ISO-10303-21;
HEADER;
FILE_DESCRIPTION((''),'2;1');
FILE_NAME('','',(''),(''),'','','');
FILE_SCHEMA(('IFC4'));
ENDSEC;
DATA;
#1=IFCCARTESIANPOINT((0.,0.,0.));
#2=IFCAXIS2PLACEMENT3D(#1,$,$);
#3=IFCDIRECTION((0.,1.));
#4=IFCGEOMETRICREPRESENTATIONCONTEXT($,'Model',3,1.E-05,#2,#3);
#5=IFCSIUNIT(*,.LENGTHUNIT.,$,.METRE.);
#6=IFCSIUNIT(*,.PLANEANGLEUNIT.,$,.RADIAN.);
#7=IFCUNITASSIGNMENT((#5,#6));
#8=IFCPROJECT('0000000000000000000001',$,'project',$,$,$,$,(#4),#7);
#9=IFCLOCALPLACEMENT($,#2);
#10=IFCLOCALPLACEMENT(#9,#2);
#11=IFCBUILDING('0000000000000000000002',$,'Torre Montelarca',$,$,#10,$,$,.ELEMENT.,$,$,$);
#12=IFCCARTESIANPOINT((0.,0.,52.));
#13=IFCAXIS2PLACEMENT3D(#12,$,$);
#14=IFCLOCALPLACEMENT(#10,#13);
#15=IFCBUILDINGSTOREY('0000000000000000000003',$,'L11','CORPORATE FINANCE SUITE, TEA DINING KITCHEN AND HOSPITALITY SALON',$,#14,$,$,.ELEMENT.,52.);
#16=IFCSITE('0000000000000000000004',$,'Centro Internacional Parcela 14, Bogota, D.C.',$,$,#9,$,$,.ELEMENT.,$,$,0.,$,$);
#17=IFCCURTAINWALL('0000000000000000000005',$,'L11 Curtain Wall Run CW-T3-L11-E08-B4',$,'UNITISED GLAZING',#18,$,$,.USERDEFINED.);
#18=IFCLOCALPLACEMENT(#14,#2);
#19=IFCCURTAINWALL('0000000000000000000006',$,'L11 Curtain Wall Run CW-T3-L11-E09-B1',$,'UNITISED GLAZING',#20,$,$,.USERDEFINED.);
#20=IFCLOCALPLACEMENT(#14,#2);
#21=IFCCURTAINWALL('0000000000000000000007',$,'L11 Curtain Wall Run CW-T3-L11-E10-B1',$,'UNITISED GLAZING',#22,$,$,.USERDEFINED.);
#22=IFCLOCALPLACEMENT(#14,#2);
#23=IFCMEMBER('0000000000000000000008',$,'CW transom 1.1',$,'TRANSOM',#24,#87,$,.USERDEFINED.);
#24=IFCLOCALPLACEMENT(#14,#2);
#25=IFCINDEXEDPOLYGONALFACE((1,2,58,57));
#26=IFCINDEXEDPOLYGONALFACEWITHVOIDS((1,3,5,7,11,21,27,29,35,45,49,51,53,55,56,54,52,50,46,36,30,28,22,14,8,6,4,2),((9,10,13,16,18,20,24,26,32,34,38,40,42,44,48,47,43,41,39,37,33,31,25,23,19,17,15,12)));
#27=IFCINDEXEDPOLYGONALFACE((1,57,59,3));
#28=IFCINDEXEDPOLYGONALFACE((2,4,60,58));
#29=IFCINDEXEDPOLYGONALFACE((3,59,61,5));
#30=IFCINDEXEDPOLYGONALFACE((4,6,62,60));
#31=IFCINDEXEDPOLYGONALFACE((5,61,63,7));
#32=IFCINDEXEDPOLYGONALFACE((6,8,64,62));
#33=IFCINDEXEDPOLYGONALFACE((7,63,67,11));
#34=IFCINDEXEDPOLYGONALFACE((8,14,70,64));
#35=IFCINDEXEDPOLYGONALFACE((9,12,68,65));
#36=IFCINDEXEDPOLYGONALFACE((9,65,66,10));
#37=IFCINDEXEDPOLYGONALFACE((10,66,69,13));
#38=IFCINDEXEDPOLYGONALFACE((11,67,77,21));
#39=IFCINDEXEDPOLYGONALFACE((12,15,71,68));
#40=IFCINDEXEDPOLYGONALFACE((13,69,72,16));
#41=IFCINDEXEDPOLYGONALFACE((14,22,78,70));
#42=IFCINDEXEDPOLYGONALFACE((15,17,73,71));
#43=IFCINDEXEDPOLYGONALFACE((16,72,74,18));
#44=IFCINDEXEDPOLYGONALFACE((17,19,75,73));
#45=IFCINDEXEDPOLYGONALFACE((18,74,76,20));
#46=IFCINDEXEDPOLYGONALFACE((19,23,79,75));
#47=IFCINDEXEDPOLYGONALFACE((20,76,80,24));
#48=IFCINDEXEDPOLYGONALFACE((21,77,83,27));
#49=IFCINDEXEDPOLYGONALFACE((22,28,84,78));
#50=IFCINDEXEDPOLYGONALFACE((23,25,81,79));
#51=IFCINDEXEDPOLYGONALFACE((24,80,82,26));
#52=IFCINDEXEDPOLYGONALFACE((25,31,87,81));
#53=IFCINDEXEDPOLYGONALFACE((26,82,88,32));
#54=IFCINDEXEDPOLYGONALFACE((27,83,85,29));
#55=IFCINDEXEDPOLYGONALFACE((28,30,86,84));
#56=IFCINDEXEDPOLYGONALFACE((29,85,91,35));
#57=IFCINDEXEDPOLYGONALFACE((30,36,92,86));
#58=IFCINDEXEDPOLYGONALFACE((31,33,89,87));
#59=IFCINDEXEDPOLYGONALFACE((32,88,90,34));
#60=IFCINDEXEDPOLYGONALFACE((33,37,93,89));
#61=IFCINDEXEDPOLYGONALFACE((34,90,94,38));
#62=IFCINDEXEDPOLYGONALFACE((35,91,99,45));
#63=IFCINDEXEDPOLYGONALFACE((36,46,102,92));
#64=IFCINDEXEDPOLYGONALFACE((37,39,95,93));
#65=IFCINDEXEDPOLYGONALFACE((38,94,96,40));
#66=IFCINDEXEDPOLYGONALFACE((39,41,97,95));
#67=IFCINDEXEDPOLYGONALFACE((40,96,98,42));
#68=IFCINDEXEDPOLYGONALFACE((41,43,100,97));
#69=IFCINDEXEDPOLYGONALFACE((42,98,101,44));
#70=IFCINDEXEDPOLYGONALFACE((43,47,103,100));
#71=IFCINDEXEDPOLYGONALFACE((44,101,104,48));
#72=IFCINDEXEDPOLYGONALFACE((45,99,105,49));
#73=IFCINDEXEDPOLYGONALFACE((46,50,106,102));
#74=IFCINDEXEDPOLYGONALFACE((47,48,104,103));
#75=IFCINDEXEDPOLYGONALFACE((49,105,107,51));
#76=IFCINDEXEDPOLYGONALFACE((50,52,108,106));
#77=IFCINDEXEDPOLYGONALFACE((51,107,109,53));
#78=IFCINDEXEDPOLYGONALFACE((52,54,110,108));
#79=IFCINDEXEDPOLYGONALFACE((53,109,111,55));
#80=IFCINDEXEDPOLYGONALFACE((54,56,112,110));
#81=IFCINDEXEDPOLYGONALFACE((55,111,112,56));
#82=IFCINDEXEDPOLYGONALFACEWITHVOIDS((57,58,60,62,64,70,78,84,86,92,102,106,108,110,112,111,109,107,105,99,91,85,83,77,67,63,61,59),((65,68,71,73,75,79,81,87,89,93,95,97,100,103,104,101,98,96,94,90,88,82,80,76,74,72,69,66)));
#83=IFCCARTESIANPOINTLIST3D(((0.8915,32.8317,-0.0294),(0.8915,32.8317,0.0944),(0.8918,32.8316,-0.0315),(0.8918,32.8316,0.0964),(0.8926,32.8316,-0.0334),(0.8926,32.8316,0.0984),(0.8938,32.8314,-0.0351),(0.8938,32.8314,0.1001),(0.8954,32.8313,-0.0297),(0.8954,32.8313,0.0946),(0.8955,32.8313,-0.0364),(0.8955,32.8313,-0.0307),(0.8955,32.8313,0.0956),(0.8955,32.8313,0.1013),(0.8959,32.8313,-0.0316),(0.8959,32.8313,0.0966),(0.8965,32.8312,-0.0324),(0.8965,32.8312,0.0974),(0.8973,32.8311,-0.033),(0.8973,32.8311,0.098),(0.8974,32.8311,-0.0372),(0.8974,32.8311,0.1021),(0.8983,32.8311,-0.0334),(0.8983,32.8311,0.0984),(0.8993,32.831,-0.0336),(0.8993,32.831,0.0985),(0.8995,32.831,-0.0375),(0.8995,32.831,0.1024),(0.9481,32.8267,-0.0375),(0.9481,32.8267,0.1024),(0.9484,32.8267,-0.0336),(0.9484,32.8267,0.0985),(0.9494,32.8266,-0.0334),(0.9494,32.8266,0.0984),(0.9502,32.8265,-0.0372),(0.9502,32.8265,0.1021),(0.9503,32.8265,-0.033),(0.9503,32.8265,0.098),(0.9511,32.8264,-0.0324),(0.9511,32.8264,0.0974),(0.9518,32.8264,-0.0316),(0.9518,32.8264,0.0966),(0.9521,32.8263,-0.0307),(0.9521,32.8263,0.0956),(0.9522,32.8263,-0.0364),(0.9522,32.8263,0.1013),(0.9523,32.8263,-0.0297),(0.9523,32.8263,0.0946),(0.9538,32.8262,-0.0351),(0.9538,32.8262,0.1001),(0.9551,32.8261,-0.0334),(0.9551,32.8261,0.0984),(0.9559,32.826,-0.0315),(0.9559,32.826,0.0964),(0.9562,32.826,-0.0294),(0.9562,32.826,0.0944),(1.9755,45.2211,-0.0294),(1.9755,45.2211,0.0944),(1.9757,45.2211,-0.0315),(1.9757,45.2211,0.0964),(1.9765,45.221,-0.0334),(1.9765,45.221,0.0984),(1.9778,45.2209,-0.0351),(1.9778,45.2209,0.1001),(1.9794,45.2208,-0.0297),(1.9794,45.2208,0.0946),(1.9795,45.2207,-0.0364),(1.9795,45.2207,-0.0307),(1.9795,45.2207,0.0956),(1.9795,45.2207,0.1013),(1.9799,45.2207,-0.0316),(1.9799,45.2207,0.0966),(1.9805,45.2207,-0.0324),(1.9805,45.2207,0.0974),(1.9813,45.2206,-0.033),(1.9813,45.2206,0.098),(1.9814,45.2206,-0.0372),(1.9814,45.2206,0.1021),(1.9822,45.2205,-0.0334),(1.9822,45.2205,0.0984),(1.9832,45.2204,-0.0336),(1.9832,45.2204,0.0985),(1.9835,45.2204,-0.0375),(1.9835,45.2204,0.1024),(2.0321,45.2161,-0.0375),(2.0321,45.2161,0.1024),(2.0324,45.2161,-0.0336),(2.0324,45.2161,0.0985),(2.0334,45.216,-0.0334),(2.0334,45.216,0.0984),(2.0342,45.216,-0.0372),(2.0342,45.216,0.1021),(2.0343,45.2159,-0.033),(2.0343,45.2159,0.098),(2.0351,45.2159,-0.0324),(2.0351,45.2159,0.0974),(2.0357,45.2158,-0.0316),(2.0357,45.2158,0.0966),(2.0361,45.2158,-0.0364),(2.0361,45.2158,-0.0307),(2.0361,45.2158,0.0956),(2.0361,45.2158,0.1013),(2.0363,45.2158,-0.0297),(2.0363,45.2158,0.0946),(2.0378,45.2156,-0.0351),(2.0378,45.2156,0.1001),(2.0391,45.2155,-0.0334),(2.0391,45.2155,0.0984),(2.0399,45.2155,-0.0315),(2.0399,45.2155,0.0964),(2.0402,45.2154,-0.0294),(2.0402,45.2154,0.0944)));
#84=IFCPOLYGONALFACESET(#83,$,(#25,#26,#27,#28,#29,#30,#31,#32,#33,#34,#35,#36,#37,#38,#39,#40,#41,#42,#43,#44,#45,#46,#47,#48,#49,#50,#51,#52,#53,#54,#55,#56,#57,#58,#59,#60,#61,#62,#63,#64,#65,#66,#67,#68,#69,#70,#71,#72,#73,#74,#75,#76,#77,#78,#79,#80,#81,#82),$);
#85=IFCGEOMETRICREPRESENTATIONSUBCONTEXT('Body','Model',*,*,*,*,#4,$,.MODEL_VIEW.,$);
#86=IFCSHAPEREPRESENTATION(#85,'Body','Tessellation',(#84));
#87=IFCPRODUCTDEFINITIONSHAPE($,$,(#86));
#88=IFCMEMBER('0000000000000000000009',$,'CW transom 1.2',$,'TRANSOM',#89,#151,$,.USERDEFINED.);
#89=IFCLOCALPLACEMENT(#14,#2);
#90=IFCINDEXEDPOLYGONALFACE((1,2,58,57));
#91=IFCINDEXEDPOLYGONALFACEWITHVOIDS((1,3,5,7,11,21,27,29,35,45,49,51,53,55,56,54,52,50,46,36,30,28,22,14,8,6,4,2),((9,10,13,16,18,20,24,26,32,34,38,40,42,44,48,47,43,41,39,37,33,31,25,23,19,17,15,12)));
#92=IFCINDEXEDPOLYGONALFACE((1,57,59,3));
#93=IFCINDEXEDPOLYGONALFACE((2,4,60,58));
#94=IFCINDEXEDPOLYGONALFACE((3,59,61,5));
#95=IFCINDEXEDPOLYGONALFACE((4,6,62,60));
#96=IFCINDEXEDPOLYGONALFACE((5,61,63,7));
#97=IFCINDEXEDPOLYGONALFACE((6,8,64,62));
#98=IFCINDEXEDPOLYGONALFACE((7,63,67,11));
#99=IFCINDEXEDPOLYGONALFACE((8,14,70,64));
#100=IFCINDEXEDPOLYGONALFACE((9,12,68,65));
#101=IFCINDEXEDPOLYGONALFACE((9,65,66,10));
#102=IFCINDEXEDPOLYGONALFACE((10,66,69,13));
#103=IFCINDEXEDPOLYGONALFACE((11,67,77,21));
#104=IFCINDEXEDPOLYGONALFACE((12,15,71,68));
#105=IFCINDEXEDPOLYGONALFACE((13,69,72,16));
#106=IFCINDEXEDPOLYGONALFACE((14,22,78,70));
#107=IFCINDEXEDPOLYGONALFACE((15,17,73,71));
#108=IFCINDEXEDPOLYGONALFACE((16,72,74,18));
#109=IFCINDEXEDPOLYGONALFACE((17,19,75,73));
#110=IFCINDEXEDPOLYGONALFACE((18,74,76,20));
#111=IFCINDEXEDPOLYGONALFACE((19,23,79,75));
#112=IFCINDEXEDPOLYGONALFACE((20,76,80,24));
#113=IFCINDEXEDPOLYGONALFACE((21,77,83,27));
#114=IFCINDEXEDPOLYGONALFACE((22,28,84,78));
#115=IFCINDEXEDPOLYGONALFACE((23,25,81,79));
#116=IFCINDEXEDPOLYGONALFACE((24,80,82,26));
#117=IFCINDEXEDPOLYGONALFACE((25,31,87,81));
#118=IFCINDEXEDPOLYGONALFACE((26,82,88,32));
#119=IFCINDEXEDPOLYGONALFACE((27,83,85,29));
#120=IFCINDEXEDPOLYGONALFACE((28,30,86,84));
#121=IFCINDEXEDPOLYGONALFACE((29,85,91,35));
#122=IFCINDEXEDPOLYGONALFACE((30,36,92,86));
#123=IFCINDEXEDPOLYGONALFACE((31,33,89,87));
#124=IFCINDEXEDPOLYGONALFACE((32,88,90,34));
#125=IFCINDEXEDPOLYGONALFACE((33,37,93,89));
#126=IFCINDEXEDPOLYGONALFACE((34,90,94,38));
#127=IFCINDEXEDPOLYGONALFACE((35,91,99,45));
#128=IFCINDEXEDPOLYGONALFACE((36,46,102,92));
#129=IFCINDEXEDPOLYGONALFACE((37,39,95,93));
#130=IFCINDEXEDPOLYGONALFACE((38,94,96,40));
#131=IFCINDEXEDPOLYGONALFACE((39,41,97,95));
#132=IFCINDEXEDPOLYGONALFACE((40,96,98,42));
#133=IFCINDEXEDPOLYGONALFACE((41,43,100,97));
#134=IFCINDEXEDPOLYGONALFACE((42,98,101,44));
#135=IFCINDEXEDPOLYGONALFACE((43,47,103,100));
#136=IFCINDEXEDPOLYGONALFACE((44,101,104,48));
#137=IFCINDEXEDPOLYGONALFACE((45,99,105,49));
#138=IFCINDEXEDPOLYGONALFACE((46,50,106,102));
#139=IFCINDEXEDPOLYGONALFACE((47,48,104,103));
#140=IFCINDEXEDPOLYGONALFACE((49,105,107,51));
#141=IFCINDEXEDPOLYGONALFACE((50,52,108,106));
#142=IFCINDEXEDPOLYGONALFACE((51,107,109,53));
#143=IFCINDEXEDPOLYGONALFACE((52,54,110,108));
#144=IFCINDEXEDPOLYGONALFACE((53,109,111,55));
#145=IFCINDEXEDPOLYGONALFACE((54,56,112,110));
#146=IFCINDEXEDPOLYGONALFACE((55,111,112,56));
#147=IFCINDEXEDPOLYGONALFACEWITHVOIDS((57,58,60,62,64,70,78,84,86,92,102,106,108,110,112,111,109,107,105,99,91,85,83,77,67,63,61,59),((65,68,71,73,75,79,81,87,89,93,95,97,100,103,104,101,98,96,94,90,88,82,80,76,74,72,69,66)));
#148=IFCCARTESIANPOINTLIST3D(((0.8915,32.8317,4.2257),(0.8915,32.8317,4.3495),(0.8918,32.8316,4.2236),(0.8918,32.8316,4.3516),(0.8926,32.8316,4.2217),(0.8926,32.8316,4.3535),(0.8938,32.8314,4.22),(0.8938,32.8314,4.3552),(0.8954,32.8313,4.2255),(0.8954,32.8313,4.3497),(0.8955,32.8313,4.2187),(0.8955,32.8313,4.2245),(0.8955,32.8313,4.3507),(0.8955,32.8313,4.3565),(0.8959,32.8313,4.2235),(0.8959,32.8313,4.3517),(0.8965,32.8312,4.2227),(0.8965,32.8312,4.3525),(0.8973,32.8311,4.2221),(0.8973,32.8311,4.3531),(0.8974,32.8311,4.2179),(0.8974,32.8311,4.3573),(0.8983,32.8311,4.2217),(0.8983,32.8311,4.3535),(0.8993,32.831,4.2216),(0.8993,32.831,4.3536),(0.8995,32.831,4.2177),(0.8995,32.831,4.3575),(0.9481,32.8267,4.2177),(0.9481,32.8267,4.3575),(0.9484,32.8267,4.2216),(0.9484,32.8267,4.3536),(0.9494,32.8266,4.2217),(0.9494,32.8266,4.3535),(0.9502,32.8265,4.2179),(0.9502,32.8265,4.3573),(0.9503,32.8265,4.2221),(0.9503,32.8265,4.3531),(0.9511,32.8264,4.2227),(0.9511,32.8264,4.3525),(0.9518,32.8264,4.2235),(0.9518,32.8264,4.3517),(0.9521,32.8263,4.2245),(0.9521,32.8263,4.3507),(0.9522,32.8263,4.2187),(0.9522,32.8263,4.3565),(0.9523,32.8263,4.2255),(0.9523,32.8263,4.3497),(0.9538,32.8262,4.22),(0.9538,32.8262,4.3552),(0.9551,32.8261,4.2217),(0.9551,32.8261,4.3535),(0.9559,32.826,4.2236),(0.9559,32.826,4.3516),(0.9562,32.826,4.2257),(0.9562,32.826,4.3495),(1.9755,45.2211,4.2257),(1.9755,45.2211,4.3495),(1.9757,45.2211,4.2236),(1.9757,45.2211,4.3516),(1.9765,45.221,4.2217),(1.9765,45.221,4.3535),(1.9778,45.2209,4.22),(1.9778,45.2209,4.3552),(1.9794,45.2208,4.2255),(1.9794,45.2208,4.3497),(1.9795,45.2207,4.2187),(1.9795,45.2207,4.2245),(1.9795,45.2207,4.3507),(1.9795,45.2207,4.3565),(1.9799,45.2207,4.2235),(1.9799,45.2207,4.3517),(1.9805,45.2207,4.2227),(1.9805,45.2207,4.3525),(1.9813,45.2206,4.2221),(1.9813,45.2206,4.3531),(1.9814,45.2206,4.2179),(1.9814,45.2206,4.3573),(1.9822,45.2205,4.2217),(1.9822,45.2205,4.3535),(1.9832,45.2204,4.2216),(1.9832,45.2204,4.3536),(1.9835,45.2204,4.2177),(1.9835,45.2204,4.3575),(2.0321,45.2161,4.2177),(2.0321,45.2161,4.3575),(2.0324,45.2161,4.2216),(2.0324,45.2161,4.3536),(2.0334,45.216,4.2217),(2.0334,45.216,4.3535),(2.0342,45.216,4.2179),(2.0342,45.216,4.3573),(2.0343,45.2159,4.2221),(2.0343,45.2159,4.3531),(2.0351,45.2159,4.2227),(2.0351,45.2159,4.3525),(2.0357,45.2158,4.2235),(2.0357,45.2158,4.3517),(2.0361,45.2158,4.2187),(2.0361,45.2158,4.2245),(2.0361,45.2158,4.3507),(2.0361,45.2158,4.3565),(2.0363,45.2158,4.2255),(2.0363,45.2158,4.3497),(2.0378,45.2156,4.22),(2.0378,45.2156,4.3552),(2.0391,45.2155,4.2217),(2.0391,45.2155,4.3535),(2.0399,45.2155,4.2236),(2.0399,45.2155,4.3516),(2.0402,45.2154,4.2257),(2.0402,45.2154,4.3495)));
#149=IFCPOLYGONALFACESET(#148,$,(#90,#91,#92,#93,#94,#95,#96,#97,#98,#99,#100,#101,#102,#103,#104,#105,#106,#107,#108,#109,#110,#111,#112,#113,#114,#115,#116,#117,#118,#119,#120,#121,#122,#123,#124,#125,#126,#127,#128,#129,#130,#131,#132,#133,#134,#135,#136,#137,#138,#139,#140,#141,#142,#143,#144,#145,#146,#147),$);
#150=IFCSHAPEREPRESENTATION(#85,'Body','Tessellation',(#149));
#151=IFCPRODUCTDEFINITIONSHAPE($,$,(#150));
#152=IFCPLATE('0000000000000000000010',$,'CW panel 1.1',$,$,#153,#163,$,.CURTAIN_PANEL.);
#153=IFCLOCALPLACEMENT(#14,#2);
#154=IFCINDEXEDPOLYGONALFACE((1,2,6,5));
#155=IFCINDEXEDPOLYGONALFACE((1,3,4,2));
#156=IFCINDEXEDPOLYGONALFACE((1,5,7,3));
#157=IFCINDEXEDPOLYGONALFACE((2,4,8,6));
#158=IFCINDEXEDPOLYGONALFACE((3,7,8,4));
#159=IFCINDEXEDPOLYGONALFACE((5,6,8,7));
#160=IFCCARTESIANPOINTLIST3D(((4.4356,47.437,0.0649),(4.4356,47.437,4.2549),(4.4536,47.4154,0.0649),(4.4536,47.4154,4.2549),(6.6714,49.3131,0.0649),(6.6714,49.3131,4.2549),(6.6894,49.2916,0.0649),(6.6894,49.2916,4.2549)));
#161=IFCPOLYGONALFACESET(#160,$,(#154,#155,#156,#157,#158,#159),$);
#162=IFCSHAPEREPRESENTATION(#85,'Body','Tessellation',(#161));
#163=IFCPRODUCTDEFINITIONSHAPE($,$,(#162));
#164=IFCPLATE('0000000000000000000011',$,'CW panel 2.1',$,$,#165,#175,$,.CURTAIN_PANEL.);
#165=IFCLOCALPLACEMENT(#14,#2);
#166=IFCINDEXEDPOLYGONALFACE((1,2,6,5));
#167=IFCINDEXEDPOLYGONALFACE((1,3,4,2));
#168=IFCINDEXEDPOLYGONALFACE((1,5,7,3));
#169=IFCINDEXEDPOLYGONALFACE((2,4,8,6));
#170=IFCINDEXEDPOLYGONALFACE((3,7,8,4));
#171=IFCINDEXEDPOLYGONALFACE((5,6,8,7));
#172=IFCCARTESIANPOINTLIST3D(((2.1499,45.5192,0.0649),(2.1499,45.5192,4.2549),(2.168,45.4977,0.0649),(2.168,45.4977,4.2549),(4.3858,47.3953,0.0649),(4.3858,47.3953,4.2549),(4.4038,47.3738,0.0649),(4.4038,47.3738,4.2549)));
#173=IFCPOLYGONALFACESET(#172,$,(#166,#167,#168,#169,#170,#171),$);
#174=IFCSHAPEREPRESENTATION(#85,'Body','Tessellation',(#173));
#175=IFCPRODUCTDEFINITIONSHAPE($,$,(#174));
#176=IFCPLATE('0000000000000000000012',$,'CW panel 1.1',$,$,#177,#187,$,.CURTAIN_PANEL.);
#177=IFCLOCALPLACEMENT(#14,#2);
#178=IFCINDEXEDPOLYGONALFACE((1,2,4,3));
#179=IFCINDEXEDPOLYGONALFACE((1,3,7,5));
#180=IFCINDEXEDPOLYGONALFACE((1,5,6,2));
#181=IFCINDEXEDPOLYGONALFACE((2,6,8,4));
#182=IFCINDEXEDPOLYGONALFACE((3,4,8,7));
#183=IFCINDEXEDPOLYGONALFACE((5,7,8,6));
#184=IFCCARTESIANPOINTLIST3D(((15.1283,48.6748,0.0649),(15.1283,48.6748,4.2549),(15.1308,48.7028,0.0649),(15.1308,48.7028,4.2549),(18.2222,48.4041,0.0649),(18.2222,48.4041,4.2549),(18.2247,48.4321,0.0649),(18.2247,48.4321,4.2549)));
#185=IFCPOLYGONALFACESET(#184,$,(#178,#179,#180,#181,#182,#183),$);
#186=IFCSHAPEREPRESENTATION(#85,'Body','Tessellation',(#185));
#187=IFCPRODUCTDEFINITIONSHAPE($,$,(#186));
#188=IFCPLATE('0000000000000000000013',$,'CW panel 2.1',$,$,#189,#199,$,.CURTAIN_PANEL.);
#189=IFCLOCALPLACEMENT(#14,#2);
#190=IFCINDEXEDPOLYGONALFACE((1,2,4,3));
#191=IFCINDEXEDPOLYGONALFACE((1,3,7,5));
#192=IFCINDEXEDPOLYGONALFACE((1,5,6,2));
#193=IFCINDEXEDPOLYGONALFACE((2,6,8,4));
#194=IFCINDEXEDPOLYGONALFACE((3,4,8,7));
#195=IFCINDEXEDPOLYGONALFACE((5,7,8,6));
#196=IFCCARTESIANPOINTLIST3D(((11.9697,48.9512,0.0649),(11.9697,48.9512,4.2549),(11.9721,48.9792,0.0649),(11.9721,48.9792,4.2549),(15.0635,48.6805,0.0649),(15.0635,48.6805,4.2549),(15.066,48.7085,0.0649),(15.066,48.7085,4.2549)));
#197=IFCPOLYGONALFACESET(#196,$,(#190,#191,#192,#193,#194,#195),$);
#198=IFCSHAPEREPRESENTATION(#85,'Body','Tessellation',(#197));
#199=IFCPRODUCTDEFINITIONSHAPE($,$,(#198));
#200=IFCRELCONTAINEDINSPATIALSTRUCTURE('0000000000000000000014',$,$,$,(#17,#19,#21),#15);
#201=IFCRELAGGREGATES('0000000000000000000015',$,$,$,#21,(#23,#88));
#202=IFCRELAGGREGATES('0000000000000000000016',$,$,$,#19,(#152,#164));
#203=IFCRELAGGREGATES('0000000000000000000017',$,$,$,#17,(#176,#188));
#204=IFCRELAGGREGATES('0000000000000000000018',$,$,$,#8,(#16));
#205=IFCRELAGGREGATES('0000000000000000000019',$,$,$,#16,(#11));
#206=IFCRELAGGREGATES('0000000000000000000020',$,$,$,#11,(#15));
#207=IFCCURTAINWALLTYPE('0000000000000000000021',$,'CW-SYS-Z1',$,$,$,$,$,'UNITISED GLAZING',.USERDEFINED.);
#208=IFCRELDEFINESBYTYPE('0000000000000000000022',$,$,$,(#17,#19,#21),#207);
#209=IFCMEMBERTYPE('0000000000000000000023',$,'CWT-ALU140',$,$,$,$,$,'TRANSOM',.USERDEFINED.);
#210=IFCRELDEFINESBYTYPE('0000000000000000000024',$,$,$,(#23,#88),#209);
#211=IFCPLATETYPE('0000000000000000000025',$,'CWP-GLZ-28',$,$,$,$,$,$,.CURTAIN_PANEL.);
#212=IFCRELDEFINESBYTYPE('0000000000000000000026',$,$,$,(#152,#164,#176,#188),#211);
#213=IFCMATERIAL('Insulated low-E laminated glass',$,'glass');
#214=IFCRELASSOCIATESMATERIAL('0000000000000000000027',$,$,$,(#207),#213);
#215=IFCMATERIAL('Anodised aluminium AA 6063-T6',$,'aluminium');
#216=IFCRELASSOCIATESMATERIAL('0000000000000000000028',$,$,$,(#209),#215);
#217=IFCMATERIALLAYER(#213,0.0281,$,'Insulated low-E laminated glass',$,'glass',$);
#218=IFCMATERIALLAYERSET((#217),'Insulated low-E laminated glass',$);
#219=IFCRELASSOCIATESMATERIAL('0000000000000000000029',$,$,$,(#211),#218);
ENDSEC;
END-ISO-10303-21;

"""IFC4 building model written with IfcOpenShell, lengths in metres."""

from ifc_helpers import new_model, si_unit, direction, frame, origin, origin_2d, place, context, subcontext, project, spatial, rectangle, hollow_rectangle, extrude, source, transform, mapped, material, layer, layer_set, material_profile, profile_set, type_object, element, aggregate, save


model = new_model("IFC4")

# Units and contexts
model_context = context("Model", 3, precision=1e-05, world=origin(), true_north=direction((0.0, 1.0)))
body_context = subcontext(model_context, "Body", "Model", "MODEL_VIEW")
ifc_project = project(units=[si_unit("LENGTHUNIT", "METRE"), si_unit("PLANEANGLEUNIT", "RADIAN")], contexts=[model_context])

# Site, building, storey
site_placement = place(None, origin())
site = spatial("IfcSite", under=ifc_project, at=site_placement, Name="Centro Internacional Parcela 14, Bogota, D.C.", CompositionType="ELEMENT", RefElevation=0.0)
building_placement = place(site_placement, origin())
building = spatial("IfcBuilding", under=site, at=building_placement, Name="Torre Montelarca", CompositionType="ELEMENT")
storey_placement = place(building_placement, frame((0.0, 0.0, 52.0)))
storey = spatial("IfcBuildingStorey", under=building, at=storey_placement, Name="L11", Description="CORPORATE FINANCE SUITE, TEA DINING KITCHEN AND HOSPITALITY SALON", CompositionType="ELEMENT", Elevation=52.0)

# Shared definitions
ifc_material_1 = material(Name="Insulated low-E laminated glass", Category="glass")
curtain_wall_type = type_object("IfcCurtainWallType", Name="CW-SYS-Z1", ElementType="UNITISED GLAZING", PredefinedType="USERDEFINED", material=ifc_material_1)
ifc_material_2 = material(Name="Anodised aluminium AA 6063-T6", Category="aluminium")

# Curtain walls
curtain_wall_1_placement = place(storey_placement, origin())
curtain_wall_1 = element("IfcCurtainWall", 1, at=curtain_wall_1_placement, inside=storey, type_object=curtain_wall_type, Name="L11 Curtain Wall Run CW-T3-L11-E08-B4", ObjectType="UNITISED GLAZING", PredefinedType="USERDEFINED")
curtain_wall_2_placement = place(storey_placement, origin())
curtain_wall_2 = element("IfcCurtainWall", 2, at=curtain_wall_2_placement, inside=storey, type_object=curtain_wall_type, Name="L11 Curtain Wall Run CW-T3-L11-E09-B1", ObjectType="UNITISED GLAZING", PredefinedType="USERDEFINED")

# Curtain wall
curtain_wall_3_placement = place(storey_placement, origin())
curtain_wall_3 = element("IfcCurtainWall", 3, at=curtain_wall_3_placement, inside=storey, type_object=curtain_wall_type, Name="L11 Curtain Wall Run CW-T3-L11-E10-B1", ObjectType="UNITISED GLAZING", PredefinedType="USERDEFINED")

# Members
ifc_material_profile_1 = material_profile(ifc_material_2, hollow_rectangle(XDim=0.0649, YDim=0.1399, WallThickness=0.0039, InnerFilletRadius=0.0039, OuterFilletRadius=0.0081, at=origin_2d()), Name="ALU65X140X4", Category="aluminium")
ifc_profile_set_1 = profile_set([ifc_material_profile_1], Name="Anodised aluminium AA 6063-T6")
member_type_1 = type_object("IfcMemberType", Name="CWT-ALU140", ElementType="TRANSOM", PredefinedType="USERDEFINED", material=ifc_profile_set_1)
shared_shape_1 = source(origin(), body_context, "Body", "SweptSolid", [
    extrude(hollow_rectangle(XDim=0.0649, YDim=0.1399, WallThickness=0.0039, InnerFilletRadius=0.0039, OuterFilletRadius=0.0081, at=origin_2d()), origin(), (0.0, 0.0, 1.0), 12.4368),
])
member_1_placement = place(storey_placement, frame((2.0078, 45.2183, 0.0325), z_axis=(-0.08716, -0.996194, 0.0), x_axis=(0.996194, -0.08716, 0.0)))
member_1 = element("IfcMember", 4, at=member_1_placement, type_object=member_type_1, Name="CW transom 1.1", ObjectType="TRANSOM", PredefinedType="USERDEFINED", context=body_context, shape_type="MappedRepresentation", body=[
    mapped(shared_shape_1, transform((0.0, 0.0, 0.0), scale=1.0)),
])
member_2_placement = place(storey_placement, frame((2.0078, 45.2183, 4.2876), z_axis=(-0.08716, -0.996194, 0.0), x_axis=(0.996194, -0.08716, 0.0)))
member_2 = element("IfcMember", 5, at=member_2_placement, type_object=member_type_1, Name="CW transom 1.2", ObjectType="TRANSOM", PredefinedType="USERDEFINED", context=body_context, shape_type="MappedRepresentation", body=[
    mapped(shared_shape_1, transform((0.0, 0.0, 0.0), scale=1.0)),
])
aggregate(curtain_wall_3, [member_1, member_2])

# Plates
ifc_layer_1 = layer(ifc_material_1, 0.0281, Name="Insulated low-E laminated glass", Category="glass")
ifc_layer_set_1 = layer_set([ifc_layer_1], Name="Insulated low-E laminated glass")
plate_type = type_object("IfcPlateType", Name="CWP-GLZ-28", PredefinedType="CURTAIN_PANEL", material=ifc_layer_set_1)
shared_shape_2 = source(origin(), body_context, "Body", "SweptSolid", [
    extrude(rectangle(XDim=2.9187, YDim=0.0281, at=origin_2d()), origin(), (0.0, 0.0, 1.0), 4.1899),
])
plate_1_placement = place(storey_placement, frame((5.5625, 48.3643, 0.0649), z_axis=(0.0, 0.0, 1.0), x_axis=(-0.766043, -0.64279, 0.0)))
plate_1 = element("IfcPlate", 6, at=plate_1_placement, type_object=plate_type, Name="CW panel 1.1", PredefinedType="CURTAIN_PANEL", context=body_context, shape_type="MappedRepresentation", body=[
    mapped(shared_shape_2, transform((0.0, 0.0, 0.0), scale=1.0)),
])
plate_2_placement = place(storey_placement, frame((3.2769, 46.4465, 0.0649), z_axis=(0.0, 0.0, 1.0), x_axis=(-0.766043, -0.64279, 0.0)))
plate_2 = element("IfcPlate", 7, at=plate_2_placement, type_object=plate_type, Name="CW panel 2.1", PredefinedType="CURTAIN_PANEL", context=body_context, shape_type="MappedRepresentation", body=[
    mapped(shared_shape_2, transform((0.0, 0.0, 0.0), scale=1.0)),
])
aggregate(curtain_wall_2, [plate_1, plate_2])
shared_shape_3 = source(origin(), body_context, "Body", "SweptSolid", [
    extrude(rectangle(XDim=3.1057, YDim=0.0281, at=origin_2d()), origin(), (0.0, 0.0, 1.0), 4.1899),
])
plate_3_placement = place(storey_placement, frame((16.6765, 48.5535, 0.0649), z_axis=(0.0, 0.0, 1.0), x_axis=(-0.996194, 0.08716, 0.0)))
plate_3 = element("IfcPlate", 8, at=plate_3_placement, type_object=plate_type, Name="CW panel 1.1", PredefinedType="CURTAIN_PANEL", context=body_context, shape_type="MappedRepresentation", body=[
    mapped(shared_shape_3, transform((0.0, 0.0, 0.0), scale=1.0)),
])
plate_4_placement = place(storey_placement, frame((13.5178, 48.8298, 0.0649), z_axis=(0.0, 0.0, 1.0), x_axis=(-0.996194, 0.08716, 0.0)))
plate_4 = element("IfcPlate", 9, at=plate_4_placement, type_object=plate_type, Name="CW panel 2.1", PredefinedType="CURTAIN_PANEL", context=body_context, shape_type="MappedRepresentation", body=[
    mapped(shared_shape_3, transform((0.0, 0.0, 0.0), scale=1.0)),
])
aggregate(curtain_wall_1, [plate_3, plate_4])

save(model, "model.ifc")
